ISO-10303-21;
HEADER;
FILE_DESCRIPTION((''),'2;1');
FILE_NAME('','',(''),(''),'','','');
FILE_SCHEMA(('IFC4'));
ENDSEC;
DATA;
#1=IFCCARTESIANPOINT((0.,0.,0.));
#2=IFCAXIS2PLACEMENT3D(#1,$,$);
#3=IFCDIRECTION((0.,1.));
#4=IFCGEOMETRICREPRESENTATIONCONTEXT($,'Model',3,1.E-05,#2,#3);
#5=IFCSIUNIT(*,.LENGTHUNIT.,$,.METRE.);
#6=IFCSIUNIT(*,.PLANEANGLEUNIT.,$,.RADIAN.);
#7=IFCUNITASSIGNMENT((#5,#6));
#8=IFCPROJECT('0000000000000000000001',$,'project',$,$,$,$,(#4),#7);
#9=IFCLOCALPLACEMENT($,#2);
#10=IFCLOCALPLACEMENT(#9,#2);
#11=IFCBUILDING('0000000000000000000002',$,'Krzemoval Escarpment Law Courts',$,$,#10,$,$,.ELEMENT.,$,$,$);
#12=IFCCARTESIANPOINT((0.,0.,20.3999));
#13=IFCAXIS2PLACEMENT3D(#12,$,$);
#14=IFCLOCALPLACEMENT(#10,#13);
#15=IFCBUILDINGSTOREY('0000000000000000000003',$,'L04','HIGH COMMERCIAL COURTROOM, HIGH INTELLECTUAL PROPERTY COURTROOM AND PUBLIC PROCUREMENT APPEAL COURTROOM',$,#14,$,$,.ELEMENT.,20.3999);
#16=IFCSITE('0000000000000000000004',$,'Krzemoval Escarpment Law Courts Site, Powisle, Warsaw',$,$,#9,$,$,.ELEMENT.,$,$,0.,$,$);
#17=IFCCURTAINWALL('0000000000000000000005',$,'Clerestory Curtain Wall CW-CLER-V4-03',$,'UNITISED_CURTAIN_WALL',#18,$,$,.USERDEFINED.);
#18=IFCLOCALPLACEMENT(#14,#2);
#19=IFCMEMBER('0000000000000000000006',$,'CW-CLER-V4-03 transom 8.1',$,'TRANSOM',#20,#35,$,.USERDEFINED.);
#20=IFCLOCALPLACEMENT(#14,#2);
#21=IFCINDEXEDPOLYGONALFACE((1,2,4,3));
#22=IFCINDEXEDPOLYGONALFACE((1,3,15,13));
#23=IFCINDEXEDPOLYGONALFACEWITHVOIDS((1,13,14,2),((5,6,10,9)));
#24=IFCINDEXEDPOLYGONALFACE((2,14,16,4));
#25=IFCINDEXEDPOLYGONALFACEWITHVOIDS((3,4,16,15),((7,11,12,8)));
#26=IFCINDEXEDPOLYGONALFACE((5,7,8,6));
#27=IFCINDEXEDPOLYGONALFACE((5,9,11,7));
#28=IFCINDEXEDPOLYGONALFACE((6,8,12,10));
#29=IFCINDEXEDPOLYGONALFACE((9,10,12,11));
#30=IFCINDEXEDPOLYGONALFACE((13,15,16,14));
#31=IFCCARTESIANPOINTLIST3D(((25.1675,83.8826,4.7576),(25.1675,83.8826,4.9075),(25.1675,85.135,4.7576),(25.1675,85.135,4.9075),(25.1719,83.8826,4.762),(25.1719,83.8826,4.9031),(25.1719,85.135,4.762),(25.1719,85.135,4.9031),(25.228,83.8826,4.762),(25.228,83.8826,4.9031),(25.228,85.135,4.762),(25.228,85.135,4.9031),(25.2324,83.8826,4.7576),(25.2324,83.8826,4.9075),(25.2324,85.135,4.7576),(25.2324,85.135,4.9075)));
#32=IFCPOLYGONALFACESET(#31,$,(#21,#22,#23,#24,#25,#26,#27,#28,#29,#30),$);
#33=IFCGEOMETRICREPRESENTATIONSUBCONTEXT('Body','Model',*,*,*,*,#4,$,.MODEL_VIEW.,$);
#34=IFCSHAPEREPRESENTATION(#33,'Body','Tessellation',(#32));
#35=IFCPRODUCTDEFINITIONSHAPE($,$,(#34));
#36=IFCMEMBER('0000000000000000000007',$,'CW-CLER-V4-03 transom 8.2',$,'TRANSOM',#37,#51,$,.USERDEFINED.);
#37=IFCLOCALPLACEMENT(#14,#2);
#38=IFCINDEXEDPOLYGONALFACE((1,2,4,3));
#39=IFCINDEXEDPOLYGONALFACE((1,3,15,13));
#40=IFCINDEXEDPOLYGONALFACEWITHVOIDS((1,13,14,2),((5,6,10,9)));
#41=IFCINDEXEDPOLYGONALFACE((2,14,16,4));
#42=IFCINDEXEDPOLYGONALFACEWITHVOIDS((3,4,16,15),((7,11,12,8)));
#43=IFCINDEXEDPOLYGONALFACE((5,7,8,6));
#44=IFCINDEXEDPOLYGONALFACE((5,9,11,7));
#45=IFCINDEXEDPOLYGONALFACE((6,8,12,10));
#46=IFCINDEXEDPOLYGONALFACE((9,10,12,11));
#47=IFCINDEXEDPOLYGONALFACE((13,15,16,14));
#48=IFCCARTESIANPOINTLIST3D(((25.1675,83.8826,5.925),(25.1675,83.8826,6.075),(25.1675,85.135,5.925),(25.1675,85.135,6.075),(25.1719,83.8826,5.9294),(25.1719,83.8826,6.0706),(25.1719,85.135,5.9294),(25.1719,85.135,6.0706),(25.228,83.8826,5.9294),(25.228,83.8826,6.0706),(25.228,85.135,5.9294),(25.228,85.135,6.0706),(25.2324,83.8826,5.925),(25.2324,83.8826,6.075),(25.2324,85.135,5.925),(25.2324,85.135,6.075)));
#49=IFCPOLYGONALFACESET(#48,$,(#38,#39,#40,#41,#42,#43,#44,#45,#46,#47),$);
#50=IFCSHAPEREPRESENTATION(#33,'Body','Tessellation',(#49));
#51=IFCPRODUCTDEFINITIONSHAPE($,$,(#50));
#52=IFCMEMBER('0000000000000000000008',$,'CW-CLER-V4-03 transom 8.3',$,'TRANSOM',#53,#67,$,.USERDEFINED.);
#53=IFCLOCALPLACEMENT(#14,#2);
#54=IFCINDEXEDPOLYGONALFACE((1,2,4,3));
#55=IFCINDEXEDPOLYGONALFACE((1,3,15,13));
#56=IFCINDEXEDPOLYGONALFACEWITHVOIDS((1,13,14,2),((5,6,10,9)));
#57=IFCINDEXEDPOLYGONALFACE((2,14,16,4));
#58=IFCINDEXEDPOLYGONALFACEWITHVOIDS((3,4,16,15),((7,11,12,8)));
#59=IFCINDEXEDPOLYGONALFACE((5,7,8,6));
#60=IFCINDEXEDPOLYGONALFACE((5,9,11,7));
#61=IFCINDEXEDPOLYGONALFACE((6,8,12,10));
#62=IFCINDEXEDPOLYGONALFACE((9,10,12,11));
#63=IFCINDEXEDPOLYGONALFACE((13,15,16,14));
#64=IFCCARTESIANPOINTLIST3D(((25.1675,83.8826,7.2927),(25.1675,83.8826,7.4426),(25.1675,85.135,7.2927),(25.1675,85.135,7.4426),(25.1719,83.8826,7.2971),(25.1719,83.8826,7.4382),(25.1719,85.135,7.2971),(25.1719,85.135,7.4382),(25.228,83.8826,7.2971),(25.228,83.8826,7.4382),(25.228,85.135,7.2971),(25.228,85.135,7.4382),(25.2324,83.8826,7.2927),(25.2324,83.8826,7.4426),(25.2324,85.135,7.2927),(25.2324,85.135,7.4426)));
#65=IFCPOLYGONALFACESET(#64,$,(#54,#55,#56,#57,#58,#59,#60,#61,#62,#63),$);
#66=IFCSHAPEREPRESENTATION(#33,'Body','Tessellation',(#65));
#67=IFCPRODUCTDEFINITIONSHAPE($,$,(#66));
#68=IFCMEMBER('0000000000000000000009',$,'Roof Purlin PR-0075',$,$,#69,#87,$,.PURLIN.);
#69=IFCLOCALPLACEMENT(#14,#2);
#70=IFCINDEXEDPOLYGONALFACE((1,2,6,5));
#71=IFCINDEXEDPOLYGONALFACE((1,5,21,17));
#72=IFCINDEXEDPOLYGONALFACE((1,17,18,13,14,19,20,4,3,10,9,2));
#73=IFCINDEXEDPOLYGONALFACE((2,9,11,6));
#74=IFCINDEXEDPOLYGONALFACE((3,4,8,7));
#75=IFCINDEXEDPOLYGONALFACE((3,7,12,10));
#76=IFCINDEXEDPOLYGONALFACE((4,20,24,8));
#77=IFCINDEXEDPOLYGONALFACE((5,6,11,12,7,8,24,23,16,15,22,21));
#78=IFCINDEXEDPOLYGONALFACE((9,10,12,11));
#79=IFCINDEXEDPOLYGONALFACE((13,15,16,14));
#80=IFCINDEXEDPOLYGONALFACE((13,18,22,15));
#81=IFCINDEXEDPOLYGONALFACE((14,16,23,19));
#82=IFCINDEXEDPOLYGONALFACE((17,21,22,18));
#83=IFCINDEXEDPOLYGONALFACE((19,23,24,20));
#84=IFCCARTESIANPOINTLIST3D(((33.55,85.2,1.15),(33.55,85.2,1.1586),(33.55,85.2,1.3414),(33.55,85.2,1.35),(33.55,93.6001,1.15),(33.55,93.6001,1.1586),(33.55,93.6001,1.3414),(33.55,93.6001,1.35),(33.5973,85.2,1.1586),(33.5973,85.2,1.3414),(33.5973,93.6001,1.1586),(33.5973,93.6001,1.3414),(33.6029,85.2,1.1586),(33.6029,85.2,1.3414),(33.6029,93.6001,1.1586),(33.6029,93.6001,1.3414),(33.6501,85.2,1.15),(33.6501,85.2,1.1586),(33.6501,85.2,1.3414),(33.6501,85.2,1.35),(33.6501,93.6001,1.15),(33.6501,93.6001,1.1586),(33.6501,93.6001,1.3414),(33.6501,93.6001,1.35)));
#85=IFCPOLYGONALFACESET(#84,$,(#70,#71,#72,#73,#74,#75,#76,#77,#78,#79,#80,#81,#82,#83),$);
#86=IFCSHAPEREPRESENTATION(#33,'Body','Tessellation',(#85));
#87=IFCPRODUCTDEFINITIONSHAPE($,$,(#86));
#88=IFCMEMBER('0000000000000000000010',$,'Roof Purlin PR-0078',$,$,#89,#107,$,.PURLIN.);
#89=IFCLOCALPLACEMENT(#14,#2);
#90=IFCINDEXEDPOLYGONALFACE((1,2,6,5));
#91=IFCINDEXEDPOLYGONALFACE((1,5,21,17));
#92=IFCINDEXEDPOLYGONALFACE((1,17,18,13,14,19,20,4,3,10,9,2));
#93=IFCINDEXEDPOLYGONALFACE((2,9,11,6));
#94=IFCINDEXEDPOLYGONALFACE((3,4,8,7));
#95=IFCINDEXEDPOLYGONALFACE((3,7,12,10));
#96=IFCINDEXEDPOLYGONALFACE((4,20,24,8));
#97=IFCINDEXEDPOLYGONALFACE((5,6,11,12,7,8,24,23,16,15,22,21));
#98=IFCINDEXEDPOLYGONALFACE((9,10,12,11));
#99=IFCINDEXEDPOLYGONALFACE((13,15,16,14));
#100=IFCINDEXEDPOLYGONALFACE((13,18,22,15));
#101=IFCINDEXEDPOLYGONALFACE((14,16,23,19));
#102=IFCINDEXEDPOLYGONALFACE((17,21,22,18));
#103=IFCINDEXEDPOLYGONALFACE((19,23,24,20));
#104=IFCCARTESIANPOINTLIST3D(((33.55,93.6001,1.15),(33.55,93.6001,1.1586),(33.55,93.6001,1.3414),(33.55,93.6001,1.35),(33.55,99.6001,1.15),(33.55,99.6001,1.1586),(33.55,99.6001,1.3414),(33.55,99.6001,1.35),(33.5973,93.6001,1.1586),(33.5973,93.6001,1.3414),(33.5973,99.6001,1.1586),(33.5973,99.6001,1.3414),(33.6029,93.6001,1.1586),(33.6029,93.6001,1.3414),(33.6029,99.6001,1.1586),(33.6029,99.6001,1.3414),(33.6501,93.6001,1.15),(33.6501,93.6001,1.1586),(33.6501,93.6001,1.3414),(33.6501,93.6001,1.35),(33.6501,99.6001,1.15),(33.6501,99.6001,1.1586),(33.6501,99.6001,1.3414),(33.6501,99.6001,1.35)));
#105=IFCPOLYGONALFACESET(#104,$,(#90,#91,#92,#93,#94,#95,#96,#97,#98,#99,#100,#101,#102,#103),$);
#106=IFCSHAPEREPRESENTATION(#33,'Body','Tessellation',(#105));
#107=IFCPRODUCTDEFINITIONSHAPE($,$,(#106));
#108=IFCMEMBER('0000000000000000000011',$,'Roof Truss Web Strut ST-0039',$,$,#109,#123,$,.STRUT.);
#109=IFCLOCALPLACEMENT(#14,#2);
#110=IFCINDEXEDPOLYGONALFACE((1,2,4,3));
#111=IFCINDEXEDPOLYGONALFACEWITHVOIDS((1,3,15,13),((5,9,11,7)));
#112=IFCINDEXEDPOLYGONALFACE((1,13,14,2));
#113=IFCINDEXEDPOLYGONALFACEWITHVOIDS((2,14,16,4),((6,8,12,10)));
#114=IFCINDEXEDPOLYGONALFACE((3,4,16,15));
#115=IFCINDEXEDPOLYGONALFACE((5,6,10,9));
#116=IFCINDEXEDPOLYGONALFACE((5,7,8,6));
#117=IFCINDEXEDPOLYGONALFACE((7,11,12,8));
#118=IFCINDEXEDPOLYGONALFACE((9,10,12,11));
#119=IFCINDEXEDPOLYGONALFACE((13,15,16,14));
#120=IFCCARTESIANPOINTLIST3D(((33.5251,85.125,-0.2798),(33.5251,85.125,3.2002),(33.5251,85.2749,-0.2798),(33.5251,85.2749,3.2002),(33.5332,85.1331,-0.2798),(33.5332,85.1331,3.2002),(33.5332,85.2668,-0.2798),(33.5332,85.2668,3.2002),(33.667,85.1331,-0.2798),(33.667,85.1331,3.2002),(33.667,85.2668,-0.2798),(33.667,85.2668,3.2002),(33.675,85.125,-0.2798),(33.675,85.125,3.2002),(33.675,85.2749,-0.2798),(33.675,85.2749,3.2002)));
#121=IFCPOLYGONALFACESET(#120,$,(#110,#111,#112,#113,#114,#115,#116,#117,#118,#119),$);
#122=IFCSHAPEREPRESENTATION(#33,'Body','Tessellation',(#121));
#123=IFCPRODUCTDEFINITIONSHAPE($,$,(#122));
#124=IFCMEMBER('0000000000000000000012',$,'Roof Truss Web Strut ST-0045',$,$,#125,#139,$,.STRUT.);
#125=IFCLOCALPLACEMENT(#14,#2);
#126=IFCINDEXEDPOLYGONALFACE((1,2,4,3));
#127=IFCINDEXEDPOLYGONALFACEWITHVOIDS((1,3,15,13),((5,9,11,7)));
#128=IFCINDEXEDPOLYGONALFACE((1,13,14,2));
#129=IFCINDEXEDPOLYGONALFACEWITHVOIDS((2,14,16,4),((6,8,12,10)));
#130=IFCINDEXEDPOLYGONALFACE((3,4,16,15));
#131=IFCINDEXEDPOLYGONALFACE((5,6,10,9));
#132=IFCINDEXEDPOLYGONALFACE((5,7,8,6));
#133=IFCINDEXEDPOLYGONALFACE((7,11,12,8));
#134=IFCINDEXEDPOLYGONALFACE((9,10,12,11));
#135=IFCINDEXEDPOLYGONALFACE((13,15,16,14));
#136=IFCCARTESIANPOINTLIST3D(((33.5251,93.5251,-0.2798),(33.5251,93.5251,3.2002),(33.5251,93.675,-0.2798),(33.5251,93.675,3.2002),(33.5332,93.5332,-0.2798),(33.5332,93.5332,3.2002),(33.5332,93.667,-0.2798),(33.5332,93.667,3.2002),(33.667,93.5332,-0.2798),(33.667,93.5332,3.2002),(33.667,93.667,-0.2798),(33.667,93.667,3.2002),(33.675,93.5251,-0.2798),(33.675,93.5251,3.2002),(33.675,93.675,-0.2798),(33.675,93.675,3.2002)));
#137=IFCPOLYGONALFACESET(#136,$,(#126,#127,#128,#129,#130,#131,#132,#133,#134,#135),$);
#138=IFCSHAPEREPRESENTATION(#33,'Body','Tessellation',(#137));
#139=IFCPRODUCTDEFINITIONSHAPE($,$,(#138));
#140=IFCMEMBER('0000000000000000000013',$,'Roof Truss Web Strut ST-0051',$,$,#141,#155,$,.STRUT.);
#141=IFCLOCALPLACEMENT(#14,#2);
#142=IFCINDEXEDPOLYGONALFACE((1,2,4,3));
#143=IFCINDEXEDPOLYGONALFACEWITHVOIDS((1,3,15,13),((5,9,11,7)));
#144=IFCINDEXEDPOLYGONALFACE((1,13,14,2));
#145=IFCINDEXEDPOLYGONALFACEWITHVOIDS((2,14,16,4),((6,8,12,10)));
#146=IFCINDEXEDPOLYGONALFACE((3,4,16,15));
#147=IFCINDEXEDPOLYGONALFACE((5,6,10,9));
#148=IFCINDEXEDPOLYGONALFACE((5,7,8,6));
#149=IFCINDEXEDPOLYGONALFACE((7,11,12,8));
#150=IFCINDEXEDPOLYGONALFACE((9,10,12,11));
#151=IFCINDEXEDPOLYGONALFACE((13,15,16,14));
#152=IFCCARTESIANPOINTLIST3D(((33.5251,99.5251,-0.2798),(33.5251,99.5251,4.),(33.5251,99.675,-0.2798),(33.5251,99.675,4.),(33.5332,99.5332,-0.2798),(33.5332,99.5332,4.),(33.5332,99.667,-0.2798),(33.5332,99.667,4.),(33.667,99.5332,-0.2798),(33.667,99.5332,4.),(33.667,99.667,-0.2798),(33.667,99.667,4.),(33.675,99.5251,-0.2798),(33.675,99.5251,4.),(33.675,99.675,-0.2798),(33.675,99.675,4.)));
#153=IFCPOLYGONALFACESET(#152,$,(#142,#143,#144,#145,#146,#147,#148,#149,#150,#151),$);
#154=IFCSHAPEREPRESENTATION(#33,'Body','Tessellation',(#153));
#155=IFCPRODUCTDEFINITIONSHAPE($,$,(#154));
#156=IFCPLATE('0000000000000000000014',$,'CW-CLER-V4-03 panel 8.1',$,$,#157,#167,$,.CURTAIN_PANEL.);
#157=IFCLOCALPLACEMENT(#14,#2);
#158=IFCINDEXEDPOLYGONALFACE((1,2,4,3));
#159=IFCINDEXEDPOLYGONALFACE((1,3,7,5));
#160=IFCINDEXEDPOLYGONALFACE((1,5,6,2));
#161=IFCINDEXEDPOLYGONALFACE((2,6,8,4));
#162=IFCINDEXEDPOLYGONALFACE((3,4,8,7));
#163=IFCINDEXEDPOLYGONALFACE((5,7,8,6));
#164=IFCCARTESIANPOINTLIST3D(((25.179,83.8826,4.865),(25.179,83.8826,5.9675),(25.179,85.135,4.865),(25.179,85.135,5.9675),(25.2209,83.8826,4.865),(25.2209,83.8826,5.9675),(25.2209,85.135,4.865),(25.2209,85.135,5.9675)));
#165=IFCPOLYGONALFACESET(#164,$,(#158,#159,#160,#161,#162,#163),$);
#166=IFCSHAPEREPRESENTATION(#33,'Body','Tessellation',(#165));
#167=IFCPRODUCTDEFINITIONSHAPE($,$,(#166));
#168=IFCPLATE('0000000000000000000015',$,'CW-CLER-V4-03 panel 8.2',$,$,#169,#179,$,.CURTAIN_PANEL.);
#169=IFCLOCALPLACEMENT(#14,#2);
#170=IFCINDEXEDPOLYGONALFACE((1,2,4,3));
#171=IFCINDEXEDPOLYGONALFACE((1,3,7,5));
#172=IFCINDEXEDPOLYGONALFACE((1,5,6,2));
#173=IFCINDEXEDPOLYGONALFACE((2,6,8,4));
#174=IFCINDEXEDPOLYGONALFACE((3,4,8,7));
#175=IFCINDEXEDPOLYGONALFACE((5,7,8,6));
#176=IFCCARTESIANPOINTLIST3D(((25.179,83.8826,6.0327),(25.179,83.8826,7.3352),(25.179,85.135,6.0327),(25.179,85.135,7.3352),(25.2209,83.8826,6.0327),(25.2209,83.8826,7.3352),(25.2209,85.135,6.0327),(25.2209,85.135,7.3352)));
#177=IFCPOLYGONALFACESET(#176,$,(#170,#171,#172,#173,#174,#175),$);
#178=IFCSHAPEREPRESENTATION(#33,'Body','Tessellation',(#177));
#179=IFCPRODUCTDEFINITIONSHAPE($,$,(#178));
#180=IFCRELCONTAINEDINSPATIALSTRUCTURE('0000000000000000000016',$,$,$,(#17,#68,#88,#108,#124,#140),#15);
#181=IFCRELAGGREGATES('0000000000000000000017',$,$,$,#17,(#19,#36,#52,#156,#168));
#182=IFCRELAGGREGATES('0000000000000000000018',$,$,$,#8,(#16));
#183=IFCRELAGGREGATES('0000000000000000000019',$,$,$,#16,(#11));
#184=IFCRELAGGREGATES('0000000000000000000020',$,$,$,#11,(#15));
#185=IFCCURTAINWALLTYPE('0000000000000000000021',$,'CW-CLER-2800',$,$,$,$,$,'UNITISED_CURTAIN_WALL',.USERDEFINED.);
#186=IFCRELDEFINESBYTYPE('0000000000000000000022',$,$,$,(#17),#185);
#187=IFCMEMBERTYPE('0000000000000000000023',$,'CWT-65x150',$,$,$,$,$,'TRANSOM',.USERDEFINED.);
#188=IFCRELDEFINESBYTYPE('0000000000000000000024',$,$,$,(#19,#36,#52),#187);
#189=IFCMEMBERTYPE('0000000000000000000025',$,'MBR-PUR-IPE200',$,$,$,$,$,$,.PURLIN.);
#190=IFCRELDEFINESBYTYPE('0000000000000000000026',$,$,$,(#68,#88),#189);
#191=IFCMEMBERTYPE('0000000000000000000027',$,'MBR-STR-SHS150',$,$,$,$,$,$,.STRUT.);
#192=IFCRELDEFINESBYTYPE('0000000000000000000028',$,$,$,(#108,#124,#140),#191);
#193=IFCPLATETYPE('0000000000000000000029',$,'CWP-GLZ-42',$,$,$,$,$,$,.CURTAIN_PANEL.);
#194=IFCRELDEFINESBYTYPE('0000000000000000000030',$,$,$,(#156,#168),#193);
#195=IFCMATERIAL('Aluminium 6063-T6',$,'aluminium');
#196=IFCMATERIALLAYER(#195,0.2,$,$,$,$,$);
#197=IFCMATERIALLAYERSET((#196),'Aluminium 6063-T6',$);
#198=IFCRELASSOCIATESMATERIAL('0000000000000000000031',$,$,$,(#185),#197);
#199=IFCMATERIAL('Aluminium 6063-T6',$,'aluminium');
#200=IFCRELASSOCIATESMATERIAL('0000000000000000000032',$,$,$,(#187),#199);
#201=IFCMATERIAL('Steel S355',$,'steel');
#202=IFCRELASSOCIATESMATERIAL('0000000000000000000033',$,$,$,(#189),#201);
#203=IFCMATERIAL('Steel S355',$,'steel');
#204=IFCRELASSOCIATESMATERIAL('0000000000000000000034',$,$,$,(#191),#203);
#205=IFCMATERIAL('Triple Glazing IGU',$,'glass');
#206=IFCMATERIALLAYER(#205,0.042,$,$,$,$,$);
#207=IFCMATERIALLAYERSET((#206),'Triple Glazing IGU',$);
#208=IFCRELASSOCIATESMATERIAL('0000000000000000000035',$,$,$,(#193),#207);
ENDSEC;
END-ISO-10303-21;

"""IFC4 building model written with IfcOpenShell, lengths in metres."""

from ifc_helpers import new_model, si_unit, direction, frame, origin, origin_2d, place, context, subcontext, project, spatial, rectangle, hollow_rectangle, i_section, extrude, material, layer, layer_set, material_profile, profile_set, type_object, element, aggregate, save


model = new_model("IFC4")

# Units and contexts
model_context = context("Model", 3, precision=1e-05, world=origin(), true_north=direction((0.0, 1.0)))
body_context = subcontext(model_context, "Body", "Model", "MODEL_VIEW")
ifc_project = project(units=[si_unit("LENGTHUNIT", "METRE"), si_unit("PLANEANGLEUNIT", "RADIAN")], contexts=[model_context])

# Site, building, storey
site_placement = place(None, origin())
site = spatial("IfcSite", under=ifc_project, at=site_placement, Name="Krzemoval Escarpment Law Courts Site, Powisle, Warsaw", CompositionType="ELEMENT", RefElevation=0.0)
building_placement = place(site_placement, origin())
building = spatial("IfcBuilding", under=site, at=building_placement, Name="Krzemoval Escarpment Law Courts", CompositionType="ELEMENT")
storey_placement = place(building_placement, frame((0.0, 0.0, 20.3999)))
storey = spatial("IfcBuildingStorey", under=building, at=storey_placement, Name="L04", Description="HIGH COMMERCIAL COURTROOM, HIGH INTELLECTUAL PROPERTY COURTROOM AND PUBLIC PROCUREMENT APPEAL COURTROOM", CompositionType="ELEMENT", Elevation=20.3999)

# Curtain wall, members
ifc_material_1 = material(Name="Aluminium 6063-T6", Category="aluminium")
ifc_layer_1 = layer(ifc_material_1, 0.2)
ifc_layer_set_1 = layer_set([ifc_layer_1], Name="Aluminium 6063-T6")
curtain_wall_type = type_object("IfcCurtainWallType", Name="CW-CLER-2800", ElementType="UNITISED_CURTAIN_WALL", PredefinedType="USERDEFINED", material=ifc_layer_set_1)
curtain_wall_placement = place(storey_placement, origin())
curtain_wall = element("IfcCurtainWall", 1, at=curtain_wall_placement, inside=storey, type_object=curtain_wall_type, Name="Clerestory Curtain Wall CW-CLER-V4-03", ObjectType="UNITISED_CURTAIN_WALL", PredefinedType="USERDEFINED")
ifc_material_2 = material(Name="Aluminium 6063-T6", Category="aluminium")
ifc_material_profile_1 = material_profile(ifc_material_2, hollow_rectangle(XDim=0.0649, YDim=0.1499, WallThickness=0.0044, at=origin_2d()), Name="ALU T65x150")
ifc_profile_set_1 = profile_set([ifc_material_profile_1], Name="Aluminium 6063-T6")
member_type_1 = type_object("IfcMemberType", Name="CWT-65x150", ElementType="TRANSOM", PredefinedType="USERDEFINED", material=ifc_profile_set_1)
member_1_placement = place(storey_placement, frame((25.2, 83.8826, 4.8325), z_axis=(0.0, 1.0, 0.0), x_axis=(-1.0, 0.0, 0.0)))
member_1 = element("IfcMember", 2, at=member_1_placement, type_object=member_type_1, Name="CW-CLER-V4-03 transom 8.1", ObjectType="TRANSOM", PredefinedType="USERDEFINED", context=body_context, shape_type="SweptSolid", body=[
    extrude(hollow_rectangle(XDim=0.0649, YDim=0.1499, WallThickness=0.0044, at=origin_2d()), origin(), (0.0, 0.0, 1.0), 1.2524),
])
member_2_placement = place(storey_placement, frame((25.2, 83.8826, 6.0), z_axis=(0.0, 1.0, 0.0), x_axis=(-1.0, 0.0, 0.0)))
member_2 = element("IfcMember", 3, at=member_2_placement, type_object=member_type_1, Name="CW-CLER-V4-03 transom 8.2", ObjectType="TRANSOM", PredefinedType="USERDEFINED", context=body_context, shape_type="SweptSolid", body=[
    extrude(hollow_rectangle(XDim=0.0649, YDim=0.1499, WallThickness=0.0044, at=origin_2d()), origin(), (0.0, 0.0, 1.0), 1.2524),
])
member_3_placement = place(storey_placement, frame((25.2, 83.8826, 7.3677), z_axis=(0.0, 1.0, 0.0), x_axis=(-1.0, 0.0, 0.0)))
member_3 = element("IfcMember", 4, at=member_3_placement, type_object=member_type_1, Name="CW-CLER-V4-03 transom 8.3", ObjectType="TRANSOM", PredefinedType="USERDEFINED", context=body_context, shape_type="SweptSolid", body=[
    extrude(hollow_rectangle(XDim=0.0649, YDim=0.1499, WallThickness=0.0044, at=origin_2d()), origin(), (0.0, 0.0, 1.0), 1.2524),
])

# Members
ifc_material_3 = material(Name="Steel S355", Category="steel")
ifc_material_profile_2 = material_profile(ifc_material_3, i_section(OverallWidth=0.1001, OverallDepth=0.2, WebThickness=0.0056, FlangeThickness=0.0085, at=origin_2d()), Name="IPE 200")
ifc_profile_set_2 = profile_set([ifc_material_profile_2], Name="Steel S355")
member_type_2 = type_object("IfcMemberType", Name="MBR-PUR-IPE200", PredefinedType="PURLIN", material=ifc_profile_set_2)
member_4_placement = place(storey_placement, frame((33.6001, 85.2, 1.25), z_axis=(0.0, 1.0, 0.0), x_axis=(-1.0, 0.0, 0.0)))
element("IfcMember", 5, at=member_4_placement, inside=storey, type_object=member_type_2, Name="Roof Purlin PR-0075", PredefinedType="PURLIN", context=body_context, shape_type="SweptSolid", body=[
    extrude(i_section(OverallWidth=0.1001, OverallDepth=0.2, WebThickness=0.0056, FlangeThickness=0.0085, at=origin_2d()), origin(), (0.0, 0.0, 1.0), 8.4001),
])
member_5_placement = place(storey_placement, frame((33.6001, 93.6001, 1.25), z_axis=(0.0, 1.0, 0.0), x_axis=(-1.0, 0.0, 0.0)))
element("IfcMember", 6, at=member_5_placement, inside=storey, type_object=member_type_2, Name="Roof Purlin PR-0078", PredefinedType="PURLIN", context=body_context, shape_type="SweptSolid", body=[
    extrude(i_section(OverallWidth=0.1001, OverallDepth=0.2, WebThickness=0.0056, FlangeThickness=0.0085, at=origin_2d()), origin(), (0.0, 0.0, 1.0), 6.0),
])
ifc_material_4 = material(Name="Steel S355", Category="steel")
ifc_material_profile_3 = material_profile(ifc_material_4, hollow_rectangle(XDim=0.1499, YDim=0.1499, WallThickness=0.0081, at=origin_2d()), Name="SHS 150x150x8")
ifc_profile_set_3 = profile_set([ifc_material_profile_3], Name="Steel S355")
member_type_3 = type_object("IfcMemberType", Name="MBR-STR-SHS150", PredefinedType="STRUT", material=ifc_profile_set_3)
for number, where, z_axis, x_axis, name in (
    (7, (33.6001, 85.2, -0.2798), (0.0, 0.0, 1.0), (1.0, 0.0, 0.0), "Roof Truss Web Strut ST-0039"),
    (8, (33.6001, 93.6001, -0.2798), (0.0, 0.0, 1.0), (1.0, 0.0, 0.0), "Roof Truss Web Strut ST-0045"),
):
    element("IfcMember", number, at=place(storey_placement, frame(where, z_axis=z_axis, x_axis=x_axis)), inside=storey, type_object=member_type_3, Name=name, PredefinedType="STRUT", context=body_context, shape_type="SweptSolid", body=[
        extrude(hollow_rectangle(XDim=0.1499, YDim=0.1499, WallThickness=0.0081, at=origin_2d()), origin(), (0.0, 0.0, 1.0), 3.48),
    ])
member_6_placement = place(storey_placement, frame((33.6001, 99.6001, -0.2798), z_axis=(0.0, 0.0, 1.0), x_axis=(1.0, 0.0, 0.0)))
element("IfcMember", 9, at=member_6_placement, inside=storey, type_object=member_type_3, Name="Roof Truss Web Strut ST-0051", PredefinedType="STRUT", context=body_context, shape_type="SweptSolid", body=[
    extrude(hollow_rectangle(XDim=0.1499, YDim=0.1499, WallThickness=0.0081, at=origin_2d()), origin(), (0.0, 0.0, 1.0), 4.2798),
])

# Plates
ifc_material_5 = material(Name="Triple Glazing IGU", Category="glass")
ifc_layer_2 = layer(ifc_material_5, 0.042)
ifc_layer_set_2 = layer_set([ifc_layer_2], Name="Triple Glazing IGU")
plate_type_1 = type_object("IfcPlateType", Name="CWP-GLZ-42", PredefinedType="CURTAIN_PANEL", material=ifc_layer_set_2)
plate_1_placement = place(storey_placement, frame((25.2, 84.5088, 4.865), z_axis=(0.0, 0.0, 1.0), x_axis=(0.0, 1.0, 0.0)))
plate_1 = element("IfcPlate", 10, at=plate_1_placement, type_object=plate_type_1, Name="CW-CLER-V4-03 panel 8.1", PredefinedType="CURTAIN_PANEL", context=body_context, shape_type="SweptSolid", body=[
    extrude(rectangle(XDim=1.2524, YDim=0.042, at=origin_2d()), origin(), (0.0, 0.0, 1.0), 1.1025),
])
plate_2_placement = place(storey_placement, frame((25.2, 84.5088, 6.0327), z_axis=(0.0, 0.0, 1.0), x_axis=(0.0, 1.0, 0.0)))
plate_2 = element("IfcPlate", 11, at=plate_2_placement, type_object=plate_type_1, Name="CW-CLER-V4-03 panel 8.2", PredefinedType="CURTAIN_PANEL", context=body_context, shape_type="SweptSolid", body=[
    extrude(rectangle(XDim=1.2524, YDim=0.042, at=origin_2d()), origin(), (0.0, 0.0, 1.0), 1.3025),
])
aggregate(curtain_wall, [member_1, member_2, member_3, plate_1, plate_2])

save(model, "model.ifc")
